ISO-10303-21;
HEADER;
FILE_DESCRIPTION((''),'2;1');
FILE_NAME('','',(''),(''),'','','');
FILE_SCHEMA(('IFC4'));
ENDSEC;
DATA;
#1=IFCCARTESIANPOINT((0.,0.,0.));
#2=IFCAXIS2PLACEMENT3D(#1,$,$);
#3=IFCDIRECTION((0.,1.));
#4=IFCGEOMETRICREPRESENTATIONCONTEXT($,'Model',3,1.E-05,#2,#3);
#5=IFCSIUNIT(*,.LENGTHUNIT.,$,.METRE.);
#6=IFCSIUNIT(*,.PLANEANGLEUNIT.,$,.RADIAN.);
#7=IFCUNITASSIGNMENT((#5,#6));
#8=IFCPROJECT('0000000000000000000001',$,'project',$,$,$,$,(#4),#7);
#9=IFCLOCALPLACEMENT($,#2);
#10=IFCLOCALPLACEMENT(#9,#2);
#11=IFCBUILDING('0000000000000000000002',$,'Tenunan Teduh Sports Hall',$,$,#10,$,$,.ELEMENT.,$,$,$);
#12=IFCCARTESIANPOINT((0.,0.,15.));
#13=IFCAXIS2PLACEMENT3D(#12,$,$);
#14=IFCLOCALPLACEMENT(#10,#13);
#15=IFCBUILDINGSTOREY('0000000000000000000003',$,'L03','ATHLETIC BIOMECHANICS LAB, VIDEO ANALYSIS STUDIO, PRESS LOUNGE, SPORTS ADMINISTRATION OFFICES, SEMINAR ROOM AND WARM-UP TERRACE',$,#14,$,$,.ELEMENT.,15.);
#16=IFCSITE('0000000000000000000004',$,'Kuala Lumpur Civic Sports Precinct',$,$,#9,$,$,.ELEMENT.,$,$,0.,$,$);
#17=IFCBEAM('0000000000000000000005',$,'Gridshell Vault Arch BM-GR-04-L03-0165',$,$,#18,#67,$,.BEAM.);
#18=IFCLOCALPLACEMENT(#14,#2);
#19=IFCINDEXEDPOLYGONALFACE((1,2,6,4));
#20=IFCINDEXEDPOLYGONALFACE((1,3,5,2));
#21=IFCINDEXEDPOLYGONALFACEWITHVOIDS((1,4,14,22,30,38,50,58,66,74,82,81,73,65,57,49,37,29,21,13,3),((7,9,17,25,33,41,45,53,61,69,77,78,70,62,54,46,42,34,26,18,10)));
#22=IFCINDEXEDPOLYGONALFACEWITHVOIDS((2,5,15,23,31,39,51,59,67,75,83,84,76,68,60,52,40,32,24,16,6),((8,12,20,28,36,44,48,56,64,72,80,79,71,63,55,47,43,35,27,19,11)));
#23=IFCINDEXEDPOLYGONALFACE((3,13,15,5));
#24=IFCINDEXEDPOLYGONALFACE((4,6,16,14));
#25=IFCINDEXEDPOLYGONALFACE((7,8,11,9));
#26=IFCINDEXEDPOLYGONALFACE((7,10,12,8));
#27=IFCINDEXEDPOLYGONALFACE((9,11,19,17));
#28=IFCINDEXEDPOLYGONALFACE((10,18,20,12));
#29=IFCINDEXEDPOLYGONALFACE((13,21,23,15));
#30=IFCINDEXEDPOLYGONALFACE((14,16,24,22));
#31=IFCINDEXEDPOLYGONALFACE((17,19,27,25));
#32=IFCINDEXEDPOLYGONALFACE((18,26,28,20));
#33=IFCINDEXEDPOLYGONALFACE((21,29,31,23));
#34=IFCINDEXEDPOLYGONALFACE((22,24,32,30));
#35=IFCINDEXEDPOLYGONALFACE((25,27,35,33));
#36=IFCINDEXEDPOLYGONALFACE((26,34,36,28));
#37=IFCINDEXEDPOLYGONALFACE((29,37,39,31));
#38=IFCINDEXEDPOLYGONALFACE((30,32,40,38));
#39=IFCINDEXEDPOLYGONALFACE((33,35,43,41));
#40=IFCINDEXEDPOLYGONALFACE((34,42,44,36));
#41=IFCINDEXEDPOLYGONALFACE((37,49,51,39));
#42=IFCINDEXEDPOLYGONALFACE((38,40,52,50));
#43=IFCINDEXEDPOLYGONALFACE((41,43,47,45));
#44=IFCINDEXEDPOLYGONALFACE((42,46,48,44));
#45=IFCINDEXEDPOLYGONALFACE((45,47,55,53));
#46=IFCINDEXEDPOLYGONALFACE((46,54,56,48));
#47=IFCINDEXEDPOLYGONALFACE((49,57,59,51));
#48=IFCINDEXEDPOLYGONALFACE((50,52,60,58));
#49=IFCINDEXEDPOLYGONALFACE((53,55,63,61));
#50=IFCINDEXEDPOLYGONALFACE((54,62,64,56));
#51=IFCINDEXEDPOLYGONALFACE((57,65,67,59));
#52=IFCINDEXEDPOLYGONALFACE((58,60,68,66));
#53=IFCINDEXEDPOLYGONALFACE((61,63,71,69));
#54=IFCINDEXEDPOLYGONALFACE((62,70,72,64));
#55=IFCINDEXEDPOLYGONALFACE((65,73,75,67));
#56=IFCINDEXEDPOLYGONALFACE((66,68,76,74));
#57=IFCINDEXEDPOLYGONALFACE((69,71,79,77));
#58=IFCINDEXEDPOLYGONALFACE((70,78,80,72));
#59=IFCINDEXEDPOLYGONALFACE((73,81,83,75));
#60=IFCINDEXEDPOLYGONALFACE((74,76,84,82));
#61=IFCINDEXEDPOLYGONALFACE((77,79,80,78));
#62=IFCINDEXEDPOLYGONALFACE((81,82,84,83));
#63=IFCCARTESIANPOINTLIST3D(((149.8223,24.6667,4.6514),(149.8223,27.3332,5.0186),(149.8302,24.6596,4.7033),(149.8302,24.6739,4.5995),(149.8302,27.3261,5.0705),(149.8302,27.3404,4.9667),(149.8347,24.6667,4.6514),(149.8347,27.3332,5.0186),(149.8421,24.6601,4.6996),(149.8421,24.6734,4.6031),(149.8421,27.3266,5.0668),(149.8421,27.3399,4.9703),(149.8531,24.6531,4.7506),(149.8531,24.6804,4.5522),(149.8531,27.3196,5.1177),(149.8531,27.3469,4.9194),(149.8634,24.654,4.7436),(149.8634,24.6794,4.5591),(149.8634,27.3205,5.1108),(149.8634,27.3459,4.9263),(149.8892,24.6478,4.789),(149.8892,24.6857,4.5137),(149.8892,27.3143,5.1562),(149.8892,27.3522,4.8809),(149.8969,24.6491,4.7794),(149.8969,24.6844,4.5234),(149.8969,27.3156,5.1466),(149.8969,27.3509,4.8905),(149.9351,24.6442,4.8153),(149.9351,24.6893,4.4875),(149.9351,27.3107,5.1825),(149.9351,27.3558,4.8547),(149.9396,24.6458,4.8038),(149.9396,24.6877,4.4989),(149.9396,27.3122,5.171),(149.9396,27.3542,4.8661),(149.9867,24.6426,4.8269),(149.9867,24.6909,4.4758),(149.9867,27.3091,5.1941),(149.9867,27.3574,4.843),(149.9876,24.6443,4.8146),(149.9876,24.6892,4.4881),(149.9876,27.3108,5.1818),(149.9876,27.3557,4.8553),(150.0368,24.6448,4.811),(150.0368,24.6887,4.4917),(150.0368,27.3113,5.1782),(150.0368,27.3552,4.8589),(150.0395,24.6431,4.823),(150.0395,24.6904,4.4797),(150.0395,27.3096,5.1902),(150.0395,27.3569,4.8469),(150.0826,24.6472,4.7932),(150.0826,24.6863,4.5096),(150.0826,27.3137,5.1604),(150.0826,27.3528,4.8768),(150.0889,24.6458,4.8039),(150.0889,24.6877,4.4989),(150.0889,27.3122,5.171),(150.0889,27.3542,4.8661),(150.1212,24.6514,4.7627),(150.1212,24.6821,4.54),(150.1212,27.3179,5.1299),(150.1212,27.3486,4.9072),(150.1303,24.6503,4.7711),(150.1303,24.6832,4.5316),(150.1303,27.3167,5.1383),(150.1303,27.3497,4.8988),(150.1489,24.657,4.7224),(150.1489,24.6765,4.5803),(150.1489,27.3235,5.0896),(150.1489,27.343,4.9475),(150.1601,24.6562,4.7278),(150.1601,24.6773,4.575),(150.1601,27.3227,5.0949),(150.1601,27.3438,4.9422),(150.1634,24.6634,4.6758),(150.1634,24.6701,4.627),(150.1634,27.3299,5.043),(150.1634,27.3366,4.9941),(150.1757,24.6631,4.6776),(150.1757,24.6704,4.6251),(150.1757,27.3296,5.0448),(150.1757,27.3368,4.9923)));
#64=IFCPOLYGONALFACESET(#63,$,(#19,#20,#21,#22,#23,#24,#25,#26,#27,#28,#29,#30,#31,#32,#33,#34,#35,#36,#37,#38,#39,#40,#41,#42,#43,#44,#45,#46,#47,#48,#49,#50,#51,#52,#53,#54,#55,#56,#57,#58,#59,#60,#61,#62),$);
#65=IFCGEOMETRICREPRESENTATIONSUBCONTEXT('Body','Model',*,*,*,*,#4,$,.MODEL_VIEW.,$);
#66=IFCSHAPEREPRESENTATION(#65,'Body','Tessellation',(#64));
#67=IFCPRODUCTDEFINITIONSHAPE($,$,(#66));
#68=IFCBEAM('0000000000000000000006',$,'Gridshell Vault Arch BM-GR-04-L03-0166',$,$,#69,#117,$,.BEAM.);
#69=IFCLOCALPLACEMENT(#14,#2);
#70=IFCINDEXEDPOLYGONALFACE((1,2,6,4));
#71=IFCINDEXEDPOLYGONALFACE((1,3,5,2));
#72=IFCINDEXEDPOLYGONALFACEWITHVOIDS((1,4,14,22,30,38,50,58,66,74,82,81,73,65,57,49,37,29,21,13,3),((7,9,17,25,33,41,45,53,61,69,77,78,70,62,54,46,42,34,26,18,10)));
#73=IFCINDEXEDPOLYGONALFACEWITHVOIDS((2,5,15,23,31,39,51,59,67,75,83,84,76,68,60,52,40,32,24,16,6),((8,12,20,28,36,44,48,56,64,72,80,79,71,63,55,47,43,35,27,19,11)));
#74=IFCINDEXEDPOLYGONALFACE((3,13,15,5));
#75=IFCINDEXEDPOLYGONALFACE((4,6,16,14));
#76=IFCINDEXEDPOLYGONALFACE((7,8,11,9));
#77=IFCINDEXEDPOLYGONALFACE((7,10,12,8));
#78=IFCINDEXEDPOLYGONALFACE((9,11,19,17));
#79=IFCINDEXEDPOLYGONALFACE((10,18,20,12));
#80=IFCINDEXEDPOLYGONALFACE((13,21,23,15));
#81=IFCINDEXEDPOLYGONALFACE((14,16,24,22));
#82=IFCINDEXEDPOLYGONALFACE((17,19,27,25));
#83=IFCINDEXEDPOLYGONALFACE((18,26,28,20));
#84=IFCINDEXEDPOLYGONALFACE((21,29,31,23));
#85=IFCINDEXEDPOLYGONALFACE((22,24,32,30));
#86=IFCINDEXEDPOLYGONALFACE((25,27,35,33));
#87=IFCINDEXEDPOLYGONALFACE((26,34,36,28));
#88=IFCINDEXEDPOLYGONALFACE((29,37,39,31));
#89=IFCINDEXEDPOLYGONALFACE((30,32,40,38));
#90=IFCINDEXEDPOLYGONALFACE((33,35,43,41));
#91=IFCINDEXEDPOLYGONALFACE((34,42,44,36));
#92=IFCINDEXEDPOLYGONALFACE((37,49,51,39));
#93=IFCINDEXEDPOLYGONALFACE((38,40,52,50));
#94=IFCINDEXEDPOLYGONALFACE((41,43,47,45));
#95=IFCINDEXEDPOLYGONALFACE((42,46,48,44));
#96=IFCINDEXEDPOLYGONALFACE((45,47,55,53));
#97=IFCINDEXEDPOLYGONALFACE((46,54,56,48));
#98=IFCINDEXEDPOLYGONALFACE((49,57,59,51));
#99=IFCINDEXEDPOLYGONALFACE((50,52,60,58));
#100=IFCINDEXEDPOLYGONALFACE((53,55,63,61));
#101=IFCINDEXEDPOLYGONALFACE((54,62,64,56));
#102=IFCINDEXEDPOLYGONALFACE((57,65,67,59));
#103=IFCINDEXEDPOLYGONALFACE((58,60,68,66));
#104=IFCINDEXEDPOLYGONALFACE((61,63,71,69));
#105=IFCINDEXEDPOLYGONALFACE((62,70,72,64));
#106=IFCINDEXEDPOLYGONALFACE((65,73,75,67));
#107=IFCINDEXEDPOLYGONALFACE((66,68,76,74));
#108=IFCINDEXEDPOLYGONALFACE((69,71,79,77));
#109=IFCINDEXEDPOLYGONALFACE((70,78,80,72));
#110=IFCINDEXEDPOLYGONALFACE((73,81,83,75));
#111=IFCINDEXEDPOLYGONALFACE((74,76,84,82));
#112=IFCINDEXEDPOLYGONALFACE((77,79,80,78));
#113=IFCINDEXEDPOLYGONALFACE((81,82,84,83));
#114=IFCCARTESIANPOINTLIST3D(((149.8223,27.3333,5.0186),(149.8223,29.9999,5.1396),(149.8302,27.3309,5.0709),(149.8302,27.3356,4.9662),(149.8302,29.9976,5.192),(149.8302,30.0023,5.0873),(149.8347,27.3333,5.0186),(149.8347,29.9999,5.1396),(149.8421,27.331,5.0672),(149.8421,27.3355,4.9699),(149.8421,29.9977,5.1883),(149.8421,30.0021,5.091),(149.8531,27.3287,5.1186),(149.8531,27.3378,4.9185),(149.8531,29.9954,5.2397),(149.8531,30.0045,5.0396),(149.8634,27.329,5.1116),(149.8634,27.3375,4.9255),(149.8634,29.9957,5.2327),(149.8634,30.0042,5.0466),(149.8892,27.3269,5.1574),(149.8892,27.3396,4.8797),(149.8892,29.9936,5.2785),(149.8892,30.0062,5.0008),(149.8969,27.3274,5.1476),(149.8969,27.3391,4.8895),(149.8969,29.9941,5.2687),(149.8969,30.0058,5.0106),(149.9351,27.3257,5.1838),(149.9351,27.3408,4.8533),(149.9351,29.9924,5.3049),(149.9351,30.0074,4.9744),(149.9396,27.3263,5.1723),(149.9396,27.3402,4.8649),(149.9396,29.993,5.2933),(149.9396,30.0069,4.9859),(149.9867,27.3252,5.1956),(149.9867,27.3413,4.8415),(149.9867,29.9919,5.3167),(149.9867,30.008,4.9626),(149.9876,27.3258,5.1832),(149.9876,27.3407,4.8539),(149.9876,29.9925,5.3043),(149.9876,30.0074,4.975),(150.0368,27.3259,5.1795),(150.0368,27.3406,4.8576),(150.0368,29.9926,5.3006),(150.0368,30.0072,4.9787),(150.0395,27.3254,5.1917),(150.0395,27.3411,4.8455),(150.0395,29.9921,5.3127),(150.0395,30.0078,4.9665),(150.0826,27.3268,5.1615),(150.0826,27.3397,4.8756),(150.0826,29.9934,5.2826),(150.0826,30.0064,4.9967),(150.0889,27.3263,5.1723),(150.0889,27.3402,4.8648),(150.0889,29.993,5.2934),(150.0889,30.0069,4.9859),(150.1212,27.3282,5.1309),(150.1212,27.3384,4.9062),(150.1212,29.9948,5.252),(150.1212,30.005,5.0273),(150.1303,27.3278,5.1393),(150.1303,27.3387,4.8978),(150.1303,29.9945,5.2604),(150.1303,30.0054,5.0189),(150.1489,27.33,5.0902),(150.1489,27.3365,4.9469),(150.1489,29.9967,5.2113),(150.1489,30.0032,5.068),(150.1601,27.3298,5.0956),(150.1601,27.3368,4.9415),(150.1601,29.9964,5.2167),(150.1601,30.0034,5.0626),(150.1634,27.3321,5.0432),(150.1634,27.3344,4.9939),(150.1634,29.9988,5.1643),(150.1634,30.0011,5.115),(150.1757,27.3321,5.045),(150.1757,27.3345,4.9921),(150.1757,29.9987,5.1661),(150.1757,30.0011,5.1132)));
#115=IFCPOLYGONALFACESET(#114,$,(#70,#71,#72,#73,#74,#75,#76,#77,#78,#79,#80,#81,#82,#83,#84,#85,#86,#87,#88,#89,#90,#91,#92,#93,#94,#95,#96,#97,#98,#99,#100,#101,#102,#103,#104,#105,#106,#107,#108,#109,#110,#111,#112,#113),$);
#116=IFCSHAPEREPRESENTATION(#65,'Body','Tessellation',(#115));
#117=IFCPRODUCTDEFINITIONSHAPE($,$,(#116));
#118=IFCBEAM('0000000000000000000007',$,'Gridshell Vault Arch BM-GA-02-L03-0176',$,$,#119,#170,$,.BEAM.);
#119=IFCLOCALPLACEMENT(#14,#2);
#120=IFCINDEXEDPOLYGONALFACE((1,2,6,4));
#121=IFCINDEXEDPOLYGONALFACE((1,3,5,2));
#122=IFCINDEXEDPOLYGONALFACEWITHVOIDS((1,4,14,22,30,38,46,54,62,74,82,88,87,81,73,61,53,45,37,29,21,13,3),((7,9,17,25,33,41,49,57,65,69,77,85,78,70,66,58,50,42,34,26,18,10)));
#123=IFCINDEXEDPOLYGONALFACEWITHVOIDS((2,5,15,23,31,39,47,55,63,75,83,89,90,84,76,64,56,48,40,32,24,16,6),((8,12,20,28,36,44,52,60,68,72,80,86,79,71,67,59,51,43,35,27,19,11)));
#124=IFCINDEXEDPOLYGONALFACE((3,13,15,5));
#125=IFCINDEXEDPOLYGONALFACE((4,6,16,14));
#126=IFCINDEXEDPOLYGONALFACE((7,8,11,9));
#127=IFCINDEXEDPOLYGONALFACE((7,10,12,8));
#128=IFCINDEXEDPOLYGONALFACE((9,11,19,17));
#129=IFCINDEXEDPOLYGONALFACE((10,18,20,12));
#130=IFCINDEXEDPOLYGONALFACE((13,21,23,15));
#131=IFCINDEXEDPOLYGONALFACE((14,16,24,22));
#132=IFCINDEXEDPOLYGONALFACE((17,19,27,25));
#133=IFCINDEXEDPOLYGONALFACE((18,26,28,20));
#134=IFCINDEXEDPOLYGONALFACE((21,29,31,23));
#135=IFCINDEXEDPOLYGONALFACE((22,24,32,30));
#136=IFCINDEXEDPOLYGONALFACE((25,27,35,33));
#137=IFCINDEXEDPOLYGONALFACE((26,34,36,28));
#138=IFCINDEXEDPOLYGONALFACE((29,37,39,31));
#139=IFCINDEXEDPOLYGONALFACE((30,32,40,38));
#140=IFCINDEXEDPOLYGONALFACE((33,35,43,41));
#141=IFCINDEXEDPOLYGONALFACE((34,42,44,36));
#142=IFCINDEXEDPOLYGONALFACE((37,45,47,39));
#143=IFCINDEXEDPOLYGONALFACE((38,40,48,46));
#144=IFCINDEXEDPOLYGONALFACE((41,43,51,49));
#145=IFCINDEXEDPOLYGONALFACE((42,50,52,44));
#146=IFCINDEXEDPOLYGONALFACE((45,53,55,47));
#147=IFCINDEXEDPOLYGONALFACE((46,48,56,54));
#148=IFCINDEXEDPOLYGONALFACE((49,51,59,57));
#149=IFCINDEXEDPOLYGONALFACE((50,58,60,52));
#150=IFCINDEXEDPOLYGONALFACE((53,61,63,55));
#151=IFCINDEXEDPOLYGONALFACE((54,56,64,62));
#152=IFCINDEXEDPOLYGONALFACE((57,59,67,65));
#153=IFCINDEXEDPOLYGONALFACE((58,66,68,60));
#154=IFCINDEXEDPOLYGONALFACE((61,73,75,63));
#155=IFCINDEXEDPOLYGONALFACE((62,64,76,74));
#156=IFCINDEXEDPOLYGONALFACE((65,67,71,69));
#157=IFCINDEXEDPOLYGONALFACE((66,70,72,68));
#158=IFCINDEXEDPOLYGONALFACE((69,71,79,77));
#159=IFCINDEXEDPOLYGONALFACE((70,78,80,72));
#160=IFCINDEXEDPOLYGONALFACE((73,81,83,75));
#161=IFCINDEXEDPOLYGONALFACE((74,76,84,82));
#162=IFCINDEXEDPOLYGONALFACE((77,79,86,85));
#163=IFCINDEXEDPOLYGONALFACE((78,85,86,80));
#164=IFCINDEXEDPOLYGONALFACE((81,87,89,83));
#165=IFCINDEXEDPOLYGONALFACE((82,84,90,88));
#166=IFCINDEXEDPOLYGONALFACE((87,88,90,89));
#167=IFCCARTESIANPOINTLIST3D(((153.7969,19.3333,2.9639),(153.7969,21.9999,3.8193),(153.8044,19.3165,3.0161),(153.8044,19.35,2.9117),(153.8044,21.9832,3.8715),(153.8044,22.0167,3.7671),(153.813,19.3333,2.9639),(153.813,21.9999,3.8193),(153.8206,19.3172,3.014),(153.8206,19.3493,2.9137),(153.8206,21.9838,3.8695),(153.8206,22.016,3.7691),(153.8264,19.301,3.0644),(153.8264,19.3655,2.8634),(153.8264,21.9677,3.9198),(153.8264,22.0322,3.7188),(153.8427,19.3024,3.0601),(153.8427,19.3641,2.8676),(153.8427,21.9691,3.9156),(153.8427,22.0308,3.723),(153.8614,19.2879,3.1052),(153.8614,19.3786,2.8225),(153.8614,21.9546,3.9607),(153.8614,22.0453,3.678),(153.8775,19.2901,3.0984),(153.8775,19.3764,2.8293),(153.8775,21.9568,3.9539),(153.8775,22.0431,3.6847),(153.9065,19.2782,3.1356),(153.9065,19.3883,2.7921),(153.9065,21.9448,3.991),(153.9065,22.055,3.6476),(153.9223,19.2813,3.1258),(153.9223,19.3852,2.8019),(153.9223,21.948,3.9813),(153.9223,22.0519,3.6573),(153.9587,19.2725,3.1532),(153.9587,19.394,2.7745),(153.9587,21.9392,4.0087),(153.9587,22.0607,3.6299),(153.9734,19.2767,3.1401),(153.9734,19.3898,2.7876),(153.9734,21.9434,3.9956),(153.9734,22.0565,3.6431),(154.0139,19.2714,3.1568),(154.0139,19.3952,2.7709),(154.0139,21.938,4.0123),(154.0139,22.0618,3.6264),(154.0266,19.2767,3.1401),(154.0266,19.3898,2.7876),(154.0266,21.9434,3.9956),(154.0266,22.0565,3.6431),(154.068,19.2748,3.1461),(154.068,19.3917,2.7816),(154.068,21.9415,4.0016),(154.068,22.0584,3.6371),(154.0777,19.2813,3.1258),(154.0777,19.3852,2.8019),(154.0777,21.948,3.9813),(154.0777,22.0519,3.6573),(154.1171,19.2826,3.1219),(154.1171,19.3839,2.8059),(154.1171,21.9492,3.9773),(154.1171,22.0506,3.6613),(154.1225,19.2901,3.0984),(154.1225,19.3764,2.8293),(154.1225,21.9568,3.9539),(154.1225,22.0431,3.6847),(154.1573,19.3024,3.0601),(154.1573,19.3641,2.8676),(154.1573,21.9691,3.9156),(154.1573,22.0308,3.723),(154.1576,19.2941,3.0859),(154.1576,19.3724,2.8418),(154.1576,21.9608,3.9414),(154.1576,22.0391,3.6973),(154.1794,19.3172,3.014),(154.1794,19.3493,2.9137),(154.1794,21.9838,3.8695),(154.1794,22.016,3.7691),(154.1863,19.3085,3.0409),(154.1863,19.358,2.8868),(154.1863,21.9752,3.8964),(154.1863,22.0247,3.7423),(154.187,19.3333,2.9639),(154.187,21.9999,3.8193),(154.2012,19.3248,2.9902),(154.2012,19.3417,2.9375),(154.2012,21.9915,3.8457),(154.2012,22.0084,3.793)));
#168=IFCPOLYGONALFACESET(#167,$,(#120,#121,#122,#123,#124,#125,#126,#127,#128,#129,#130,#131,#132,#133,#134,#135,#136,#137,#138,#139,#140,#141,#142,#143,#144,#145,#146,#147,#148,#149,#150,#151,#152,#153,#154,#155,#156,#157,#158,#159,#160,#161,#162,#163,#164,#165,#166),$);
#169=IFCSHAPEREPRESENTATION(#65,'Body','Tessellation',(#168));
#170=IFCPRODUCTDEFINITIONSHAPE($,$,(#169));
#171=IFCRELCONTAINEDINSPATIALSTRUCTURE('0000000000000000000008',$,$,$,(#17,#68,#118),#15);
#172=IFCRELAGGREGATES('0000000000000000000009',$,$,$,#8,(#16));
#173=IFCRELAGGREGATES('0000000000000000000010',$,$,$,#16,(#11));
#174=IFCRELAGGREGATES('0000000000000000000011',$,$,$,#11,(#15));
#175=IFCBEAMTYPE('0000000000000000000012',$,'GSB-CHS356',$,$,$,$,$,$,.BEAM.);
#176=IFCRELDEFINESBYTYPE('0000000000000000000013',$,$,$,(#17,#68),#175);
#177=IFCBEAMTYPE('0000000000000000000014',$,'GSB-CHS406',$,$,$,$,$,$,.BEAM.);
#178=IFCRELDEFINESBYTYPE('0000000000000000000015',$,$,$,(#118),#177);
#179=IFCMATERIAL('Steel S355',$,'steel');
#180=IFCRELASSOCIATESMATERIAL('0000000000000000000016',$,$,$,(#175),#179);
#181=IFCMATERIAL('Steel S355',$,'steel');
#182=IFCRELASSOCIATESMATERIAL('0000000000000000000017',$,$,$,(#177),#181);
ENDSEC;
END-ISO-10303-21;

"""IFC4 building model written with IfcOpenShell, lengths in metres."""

from ifc_helpers import new_model, si_unit, direction, frame, origin, origin_2d, place, context, subcontext, project, spatial, hollow_circle, extrude, material, material_profile, profile_set, type_object, element, save


model = new_model("IFC4")

# Units and contexts
model_context = context("Model", 3, precision=1e-05, world=origin(), true_north=direction((0.0, 1.0)))
body_context = subcontext(model_context, "Body", "Model", "MODEL_VIEW")
ifc_project = project(units=[si_unit("LENGTHUNIT", "METRE"), si_unit("PLANEANGLEUNIT", "RADIAN")], contexts=[model_context])

# Site, building, storey
site_placement = place(None, origin())
site = spatial("IfcSite", under=ifc_project, at=site_placement, Name="Kuala Lumpur Civic Sports Precinct", CompositionType="ELEMENT", RefElevation=0.0)
building_placement = place(site_placement, origin())
building = spatial("IfcBuilding", under=site, at=building_placement, Name="Tenunan Teduh Sports Hall", CompositionType="ELEMENT")
storey_placement = place(building_placement, frame((0.0, 0.0, 15.0)))
storey = spatial("IfcBuildingStorey", under=building, at=storey_placement, Name="L03", Description="ATHLETIC BIOMECHANICS LAB, VIDEO ANALYSIS STUDIO, PRESS LOUNGE, SPORTS ADMINISTRATION OFFICES, SEMINAR ROOM AND WARM-UP TERRACE", CompositionType="ELEMENT", Elevation=15.0)

# Beams
ifc_material_1 = material(Name="Steel S355", Category="steel")
ifc_material_profile_1 = material_profile(ifc_material_1, hollow_circle(Radius=0.1777, WallThickness=0.0125, at=origin_2d()), Name="CHS 355.6x12.5")
ifc_profile_set_1 = profile_set([ifc_material_profile_1], Name="Steel S355")
beam_type_1 = type_object("IfcBeamType", Name="GSB-CHS356", PredefinedType="BEAM", material=ifc_profile_set_1)
beam_1_placement = place(storey_placement, frame((150.0, 24.6667, 4.6514), z_axis=(0.0, 0.990652, 0.136416), x_axis=(-1.0, 0.0, 0.0)))
element("IfcBeam", 1, at=beam_1_placement, inside=storey, type_object=beam_type_1, Name="Gridshell Vault Arch BM-GR-04-L03-0165", PredefinedType="BEAM", context=body_context, shape_type="SweptSolid", body=[
    extrude(hollow_circle(Radius=0.1777, WallThickness=0.0125, at=origin_2d()), origin(), (0.0, 0.0, 1.0), 2.6917),
])
beam_2_placement = place(storey_placement, frame((150.0, 27.3333, 5.0186), z_axis=(0.0, 0.998971, 0.045362), x_axis=(-1.0, 0.0, 0.0)))
element("IfcBeam", 2, at=beam_2_placement, inside=storey, type_object=beam_type_1, Name="Gridshell Vault Arch BM-GR-04-L03-0166", PredefinedType="BEAM", context=body_context, shape_type="SweptSolid", body=[
    extrude(hollow_circle(Radius=0.1777, WallThickness=0.0125, at=origin_2d()), origin(), (0.0, 0.0, 1.0), 2.6694),
])
ifc_material_2 = material(Name="Steel S355", Category="steel")
ifc_material_profile_2 = material_profile(ifc_material_2, hollow_circle(Radius=0.2031, WallThickness=0.0161, at=origin_2d()), Name="CHS 406.4x16.0")
ifc_profile_set_2 = profile_set([ifc_material_profile_2], Name="Steel S355")
beam_type_2 = type_object("IfcBeamType", Name="GSB-CHS406", PredefinedType="BEAM", material=ifc_profile_set_2)
beam_3_placement = place(storey_placement, frame((154.0, 19.3333, 2.9639), z_axis=(0.0, 0.952205, 0.305459), x_axis=(-1.0, 0.0, 0.0)))
element("IfcBeam", 3, at=beam_3_placement, inside=storey, type_object=beam_type_2, Name="Gridshell Vault Arch BM-GA-02-L03-0176", PredefinedType="BEAM", context=body_context, shape_type="SweptSolid", body=[
    extrude(hollow_circle(Radius=0.2031, WallThickness=0.0161, at=origin_2d()), origin(), (0.0, 0.0, 1.0), 2.8005),
])

save(model, "model.ifc")
